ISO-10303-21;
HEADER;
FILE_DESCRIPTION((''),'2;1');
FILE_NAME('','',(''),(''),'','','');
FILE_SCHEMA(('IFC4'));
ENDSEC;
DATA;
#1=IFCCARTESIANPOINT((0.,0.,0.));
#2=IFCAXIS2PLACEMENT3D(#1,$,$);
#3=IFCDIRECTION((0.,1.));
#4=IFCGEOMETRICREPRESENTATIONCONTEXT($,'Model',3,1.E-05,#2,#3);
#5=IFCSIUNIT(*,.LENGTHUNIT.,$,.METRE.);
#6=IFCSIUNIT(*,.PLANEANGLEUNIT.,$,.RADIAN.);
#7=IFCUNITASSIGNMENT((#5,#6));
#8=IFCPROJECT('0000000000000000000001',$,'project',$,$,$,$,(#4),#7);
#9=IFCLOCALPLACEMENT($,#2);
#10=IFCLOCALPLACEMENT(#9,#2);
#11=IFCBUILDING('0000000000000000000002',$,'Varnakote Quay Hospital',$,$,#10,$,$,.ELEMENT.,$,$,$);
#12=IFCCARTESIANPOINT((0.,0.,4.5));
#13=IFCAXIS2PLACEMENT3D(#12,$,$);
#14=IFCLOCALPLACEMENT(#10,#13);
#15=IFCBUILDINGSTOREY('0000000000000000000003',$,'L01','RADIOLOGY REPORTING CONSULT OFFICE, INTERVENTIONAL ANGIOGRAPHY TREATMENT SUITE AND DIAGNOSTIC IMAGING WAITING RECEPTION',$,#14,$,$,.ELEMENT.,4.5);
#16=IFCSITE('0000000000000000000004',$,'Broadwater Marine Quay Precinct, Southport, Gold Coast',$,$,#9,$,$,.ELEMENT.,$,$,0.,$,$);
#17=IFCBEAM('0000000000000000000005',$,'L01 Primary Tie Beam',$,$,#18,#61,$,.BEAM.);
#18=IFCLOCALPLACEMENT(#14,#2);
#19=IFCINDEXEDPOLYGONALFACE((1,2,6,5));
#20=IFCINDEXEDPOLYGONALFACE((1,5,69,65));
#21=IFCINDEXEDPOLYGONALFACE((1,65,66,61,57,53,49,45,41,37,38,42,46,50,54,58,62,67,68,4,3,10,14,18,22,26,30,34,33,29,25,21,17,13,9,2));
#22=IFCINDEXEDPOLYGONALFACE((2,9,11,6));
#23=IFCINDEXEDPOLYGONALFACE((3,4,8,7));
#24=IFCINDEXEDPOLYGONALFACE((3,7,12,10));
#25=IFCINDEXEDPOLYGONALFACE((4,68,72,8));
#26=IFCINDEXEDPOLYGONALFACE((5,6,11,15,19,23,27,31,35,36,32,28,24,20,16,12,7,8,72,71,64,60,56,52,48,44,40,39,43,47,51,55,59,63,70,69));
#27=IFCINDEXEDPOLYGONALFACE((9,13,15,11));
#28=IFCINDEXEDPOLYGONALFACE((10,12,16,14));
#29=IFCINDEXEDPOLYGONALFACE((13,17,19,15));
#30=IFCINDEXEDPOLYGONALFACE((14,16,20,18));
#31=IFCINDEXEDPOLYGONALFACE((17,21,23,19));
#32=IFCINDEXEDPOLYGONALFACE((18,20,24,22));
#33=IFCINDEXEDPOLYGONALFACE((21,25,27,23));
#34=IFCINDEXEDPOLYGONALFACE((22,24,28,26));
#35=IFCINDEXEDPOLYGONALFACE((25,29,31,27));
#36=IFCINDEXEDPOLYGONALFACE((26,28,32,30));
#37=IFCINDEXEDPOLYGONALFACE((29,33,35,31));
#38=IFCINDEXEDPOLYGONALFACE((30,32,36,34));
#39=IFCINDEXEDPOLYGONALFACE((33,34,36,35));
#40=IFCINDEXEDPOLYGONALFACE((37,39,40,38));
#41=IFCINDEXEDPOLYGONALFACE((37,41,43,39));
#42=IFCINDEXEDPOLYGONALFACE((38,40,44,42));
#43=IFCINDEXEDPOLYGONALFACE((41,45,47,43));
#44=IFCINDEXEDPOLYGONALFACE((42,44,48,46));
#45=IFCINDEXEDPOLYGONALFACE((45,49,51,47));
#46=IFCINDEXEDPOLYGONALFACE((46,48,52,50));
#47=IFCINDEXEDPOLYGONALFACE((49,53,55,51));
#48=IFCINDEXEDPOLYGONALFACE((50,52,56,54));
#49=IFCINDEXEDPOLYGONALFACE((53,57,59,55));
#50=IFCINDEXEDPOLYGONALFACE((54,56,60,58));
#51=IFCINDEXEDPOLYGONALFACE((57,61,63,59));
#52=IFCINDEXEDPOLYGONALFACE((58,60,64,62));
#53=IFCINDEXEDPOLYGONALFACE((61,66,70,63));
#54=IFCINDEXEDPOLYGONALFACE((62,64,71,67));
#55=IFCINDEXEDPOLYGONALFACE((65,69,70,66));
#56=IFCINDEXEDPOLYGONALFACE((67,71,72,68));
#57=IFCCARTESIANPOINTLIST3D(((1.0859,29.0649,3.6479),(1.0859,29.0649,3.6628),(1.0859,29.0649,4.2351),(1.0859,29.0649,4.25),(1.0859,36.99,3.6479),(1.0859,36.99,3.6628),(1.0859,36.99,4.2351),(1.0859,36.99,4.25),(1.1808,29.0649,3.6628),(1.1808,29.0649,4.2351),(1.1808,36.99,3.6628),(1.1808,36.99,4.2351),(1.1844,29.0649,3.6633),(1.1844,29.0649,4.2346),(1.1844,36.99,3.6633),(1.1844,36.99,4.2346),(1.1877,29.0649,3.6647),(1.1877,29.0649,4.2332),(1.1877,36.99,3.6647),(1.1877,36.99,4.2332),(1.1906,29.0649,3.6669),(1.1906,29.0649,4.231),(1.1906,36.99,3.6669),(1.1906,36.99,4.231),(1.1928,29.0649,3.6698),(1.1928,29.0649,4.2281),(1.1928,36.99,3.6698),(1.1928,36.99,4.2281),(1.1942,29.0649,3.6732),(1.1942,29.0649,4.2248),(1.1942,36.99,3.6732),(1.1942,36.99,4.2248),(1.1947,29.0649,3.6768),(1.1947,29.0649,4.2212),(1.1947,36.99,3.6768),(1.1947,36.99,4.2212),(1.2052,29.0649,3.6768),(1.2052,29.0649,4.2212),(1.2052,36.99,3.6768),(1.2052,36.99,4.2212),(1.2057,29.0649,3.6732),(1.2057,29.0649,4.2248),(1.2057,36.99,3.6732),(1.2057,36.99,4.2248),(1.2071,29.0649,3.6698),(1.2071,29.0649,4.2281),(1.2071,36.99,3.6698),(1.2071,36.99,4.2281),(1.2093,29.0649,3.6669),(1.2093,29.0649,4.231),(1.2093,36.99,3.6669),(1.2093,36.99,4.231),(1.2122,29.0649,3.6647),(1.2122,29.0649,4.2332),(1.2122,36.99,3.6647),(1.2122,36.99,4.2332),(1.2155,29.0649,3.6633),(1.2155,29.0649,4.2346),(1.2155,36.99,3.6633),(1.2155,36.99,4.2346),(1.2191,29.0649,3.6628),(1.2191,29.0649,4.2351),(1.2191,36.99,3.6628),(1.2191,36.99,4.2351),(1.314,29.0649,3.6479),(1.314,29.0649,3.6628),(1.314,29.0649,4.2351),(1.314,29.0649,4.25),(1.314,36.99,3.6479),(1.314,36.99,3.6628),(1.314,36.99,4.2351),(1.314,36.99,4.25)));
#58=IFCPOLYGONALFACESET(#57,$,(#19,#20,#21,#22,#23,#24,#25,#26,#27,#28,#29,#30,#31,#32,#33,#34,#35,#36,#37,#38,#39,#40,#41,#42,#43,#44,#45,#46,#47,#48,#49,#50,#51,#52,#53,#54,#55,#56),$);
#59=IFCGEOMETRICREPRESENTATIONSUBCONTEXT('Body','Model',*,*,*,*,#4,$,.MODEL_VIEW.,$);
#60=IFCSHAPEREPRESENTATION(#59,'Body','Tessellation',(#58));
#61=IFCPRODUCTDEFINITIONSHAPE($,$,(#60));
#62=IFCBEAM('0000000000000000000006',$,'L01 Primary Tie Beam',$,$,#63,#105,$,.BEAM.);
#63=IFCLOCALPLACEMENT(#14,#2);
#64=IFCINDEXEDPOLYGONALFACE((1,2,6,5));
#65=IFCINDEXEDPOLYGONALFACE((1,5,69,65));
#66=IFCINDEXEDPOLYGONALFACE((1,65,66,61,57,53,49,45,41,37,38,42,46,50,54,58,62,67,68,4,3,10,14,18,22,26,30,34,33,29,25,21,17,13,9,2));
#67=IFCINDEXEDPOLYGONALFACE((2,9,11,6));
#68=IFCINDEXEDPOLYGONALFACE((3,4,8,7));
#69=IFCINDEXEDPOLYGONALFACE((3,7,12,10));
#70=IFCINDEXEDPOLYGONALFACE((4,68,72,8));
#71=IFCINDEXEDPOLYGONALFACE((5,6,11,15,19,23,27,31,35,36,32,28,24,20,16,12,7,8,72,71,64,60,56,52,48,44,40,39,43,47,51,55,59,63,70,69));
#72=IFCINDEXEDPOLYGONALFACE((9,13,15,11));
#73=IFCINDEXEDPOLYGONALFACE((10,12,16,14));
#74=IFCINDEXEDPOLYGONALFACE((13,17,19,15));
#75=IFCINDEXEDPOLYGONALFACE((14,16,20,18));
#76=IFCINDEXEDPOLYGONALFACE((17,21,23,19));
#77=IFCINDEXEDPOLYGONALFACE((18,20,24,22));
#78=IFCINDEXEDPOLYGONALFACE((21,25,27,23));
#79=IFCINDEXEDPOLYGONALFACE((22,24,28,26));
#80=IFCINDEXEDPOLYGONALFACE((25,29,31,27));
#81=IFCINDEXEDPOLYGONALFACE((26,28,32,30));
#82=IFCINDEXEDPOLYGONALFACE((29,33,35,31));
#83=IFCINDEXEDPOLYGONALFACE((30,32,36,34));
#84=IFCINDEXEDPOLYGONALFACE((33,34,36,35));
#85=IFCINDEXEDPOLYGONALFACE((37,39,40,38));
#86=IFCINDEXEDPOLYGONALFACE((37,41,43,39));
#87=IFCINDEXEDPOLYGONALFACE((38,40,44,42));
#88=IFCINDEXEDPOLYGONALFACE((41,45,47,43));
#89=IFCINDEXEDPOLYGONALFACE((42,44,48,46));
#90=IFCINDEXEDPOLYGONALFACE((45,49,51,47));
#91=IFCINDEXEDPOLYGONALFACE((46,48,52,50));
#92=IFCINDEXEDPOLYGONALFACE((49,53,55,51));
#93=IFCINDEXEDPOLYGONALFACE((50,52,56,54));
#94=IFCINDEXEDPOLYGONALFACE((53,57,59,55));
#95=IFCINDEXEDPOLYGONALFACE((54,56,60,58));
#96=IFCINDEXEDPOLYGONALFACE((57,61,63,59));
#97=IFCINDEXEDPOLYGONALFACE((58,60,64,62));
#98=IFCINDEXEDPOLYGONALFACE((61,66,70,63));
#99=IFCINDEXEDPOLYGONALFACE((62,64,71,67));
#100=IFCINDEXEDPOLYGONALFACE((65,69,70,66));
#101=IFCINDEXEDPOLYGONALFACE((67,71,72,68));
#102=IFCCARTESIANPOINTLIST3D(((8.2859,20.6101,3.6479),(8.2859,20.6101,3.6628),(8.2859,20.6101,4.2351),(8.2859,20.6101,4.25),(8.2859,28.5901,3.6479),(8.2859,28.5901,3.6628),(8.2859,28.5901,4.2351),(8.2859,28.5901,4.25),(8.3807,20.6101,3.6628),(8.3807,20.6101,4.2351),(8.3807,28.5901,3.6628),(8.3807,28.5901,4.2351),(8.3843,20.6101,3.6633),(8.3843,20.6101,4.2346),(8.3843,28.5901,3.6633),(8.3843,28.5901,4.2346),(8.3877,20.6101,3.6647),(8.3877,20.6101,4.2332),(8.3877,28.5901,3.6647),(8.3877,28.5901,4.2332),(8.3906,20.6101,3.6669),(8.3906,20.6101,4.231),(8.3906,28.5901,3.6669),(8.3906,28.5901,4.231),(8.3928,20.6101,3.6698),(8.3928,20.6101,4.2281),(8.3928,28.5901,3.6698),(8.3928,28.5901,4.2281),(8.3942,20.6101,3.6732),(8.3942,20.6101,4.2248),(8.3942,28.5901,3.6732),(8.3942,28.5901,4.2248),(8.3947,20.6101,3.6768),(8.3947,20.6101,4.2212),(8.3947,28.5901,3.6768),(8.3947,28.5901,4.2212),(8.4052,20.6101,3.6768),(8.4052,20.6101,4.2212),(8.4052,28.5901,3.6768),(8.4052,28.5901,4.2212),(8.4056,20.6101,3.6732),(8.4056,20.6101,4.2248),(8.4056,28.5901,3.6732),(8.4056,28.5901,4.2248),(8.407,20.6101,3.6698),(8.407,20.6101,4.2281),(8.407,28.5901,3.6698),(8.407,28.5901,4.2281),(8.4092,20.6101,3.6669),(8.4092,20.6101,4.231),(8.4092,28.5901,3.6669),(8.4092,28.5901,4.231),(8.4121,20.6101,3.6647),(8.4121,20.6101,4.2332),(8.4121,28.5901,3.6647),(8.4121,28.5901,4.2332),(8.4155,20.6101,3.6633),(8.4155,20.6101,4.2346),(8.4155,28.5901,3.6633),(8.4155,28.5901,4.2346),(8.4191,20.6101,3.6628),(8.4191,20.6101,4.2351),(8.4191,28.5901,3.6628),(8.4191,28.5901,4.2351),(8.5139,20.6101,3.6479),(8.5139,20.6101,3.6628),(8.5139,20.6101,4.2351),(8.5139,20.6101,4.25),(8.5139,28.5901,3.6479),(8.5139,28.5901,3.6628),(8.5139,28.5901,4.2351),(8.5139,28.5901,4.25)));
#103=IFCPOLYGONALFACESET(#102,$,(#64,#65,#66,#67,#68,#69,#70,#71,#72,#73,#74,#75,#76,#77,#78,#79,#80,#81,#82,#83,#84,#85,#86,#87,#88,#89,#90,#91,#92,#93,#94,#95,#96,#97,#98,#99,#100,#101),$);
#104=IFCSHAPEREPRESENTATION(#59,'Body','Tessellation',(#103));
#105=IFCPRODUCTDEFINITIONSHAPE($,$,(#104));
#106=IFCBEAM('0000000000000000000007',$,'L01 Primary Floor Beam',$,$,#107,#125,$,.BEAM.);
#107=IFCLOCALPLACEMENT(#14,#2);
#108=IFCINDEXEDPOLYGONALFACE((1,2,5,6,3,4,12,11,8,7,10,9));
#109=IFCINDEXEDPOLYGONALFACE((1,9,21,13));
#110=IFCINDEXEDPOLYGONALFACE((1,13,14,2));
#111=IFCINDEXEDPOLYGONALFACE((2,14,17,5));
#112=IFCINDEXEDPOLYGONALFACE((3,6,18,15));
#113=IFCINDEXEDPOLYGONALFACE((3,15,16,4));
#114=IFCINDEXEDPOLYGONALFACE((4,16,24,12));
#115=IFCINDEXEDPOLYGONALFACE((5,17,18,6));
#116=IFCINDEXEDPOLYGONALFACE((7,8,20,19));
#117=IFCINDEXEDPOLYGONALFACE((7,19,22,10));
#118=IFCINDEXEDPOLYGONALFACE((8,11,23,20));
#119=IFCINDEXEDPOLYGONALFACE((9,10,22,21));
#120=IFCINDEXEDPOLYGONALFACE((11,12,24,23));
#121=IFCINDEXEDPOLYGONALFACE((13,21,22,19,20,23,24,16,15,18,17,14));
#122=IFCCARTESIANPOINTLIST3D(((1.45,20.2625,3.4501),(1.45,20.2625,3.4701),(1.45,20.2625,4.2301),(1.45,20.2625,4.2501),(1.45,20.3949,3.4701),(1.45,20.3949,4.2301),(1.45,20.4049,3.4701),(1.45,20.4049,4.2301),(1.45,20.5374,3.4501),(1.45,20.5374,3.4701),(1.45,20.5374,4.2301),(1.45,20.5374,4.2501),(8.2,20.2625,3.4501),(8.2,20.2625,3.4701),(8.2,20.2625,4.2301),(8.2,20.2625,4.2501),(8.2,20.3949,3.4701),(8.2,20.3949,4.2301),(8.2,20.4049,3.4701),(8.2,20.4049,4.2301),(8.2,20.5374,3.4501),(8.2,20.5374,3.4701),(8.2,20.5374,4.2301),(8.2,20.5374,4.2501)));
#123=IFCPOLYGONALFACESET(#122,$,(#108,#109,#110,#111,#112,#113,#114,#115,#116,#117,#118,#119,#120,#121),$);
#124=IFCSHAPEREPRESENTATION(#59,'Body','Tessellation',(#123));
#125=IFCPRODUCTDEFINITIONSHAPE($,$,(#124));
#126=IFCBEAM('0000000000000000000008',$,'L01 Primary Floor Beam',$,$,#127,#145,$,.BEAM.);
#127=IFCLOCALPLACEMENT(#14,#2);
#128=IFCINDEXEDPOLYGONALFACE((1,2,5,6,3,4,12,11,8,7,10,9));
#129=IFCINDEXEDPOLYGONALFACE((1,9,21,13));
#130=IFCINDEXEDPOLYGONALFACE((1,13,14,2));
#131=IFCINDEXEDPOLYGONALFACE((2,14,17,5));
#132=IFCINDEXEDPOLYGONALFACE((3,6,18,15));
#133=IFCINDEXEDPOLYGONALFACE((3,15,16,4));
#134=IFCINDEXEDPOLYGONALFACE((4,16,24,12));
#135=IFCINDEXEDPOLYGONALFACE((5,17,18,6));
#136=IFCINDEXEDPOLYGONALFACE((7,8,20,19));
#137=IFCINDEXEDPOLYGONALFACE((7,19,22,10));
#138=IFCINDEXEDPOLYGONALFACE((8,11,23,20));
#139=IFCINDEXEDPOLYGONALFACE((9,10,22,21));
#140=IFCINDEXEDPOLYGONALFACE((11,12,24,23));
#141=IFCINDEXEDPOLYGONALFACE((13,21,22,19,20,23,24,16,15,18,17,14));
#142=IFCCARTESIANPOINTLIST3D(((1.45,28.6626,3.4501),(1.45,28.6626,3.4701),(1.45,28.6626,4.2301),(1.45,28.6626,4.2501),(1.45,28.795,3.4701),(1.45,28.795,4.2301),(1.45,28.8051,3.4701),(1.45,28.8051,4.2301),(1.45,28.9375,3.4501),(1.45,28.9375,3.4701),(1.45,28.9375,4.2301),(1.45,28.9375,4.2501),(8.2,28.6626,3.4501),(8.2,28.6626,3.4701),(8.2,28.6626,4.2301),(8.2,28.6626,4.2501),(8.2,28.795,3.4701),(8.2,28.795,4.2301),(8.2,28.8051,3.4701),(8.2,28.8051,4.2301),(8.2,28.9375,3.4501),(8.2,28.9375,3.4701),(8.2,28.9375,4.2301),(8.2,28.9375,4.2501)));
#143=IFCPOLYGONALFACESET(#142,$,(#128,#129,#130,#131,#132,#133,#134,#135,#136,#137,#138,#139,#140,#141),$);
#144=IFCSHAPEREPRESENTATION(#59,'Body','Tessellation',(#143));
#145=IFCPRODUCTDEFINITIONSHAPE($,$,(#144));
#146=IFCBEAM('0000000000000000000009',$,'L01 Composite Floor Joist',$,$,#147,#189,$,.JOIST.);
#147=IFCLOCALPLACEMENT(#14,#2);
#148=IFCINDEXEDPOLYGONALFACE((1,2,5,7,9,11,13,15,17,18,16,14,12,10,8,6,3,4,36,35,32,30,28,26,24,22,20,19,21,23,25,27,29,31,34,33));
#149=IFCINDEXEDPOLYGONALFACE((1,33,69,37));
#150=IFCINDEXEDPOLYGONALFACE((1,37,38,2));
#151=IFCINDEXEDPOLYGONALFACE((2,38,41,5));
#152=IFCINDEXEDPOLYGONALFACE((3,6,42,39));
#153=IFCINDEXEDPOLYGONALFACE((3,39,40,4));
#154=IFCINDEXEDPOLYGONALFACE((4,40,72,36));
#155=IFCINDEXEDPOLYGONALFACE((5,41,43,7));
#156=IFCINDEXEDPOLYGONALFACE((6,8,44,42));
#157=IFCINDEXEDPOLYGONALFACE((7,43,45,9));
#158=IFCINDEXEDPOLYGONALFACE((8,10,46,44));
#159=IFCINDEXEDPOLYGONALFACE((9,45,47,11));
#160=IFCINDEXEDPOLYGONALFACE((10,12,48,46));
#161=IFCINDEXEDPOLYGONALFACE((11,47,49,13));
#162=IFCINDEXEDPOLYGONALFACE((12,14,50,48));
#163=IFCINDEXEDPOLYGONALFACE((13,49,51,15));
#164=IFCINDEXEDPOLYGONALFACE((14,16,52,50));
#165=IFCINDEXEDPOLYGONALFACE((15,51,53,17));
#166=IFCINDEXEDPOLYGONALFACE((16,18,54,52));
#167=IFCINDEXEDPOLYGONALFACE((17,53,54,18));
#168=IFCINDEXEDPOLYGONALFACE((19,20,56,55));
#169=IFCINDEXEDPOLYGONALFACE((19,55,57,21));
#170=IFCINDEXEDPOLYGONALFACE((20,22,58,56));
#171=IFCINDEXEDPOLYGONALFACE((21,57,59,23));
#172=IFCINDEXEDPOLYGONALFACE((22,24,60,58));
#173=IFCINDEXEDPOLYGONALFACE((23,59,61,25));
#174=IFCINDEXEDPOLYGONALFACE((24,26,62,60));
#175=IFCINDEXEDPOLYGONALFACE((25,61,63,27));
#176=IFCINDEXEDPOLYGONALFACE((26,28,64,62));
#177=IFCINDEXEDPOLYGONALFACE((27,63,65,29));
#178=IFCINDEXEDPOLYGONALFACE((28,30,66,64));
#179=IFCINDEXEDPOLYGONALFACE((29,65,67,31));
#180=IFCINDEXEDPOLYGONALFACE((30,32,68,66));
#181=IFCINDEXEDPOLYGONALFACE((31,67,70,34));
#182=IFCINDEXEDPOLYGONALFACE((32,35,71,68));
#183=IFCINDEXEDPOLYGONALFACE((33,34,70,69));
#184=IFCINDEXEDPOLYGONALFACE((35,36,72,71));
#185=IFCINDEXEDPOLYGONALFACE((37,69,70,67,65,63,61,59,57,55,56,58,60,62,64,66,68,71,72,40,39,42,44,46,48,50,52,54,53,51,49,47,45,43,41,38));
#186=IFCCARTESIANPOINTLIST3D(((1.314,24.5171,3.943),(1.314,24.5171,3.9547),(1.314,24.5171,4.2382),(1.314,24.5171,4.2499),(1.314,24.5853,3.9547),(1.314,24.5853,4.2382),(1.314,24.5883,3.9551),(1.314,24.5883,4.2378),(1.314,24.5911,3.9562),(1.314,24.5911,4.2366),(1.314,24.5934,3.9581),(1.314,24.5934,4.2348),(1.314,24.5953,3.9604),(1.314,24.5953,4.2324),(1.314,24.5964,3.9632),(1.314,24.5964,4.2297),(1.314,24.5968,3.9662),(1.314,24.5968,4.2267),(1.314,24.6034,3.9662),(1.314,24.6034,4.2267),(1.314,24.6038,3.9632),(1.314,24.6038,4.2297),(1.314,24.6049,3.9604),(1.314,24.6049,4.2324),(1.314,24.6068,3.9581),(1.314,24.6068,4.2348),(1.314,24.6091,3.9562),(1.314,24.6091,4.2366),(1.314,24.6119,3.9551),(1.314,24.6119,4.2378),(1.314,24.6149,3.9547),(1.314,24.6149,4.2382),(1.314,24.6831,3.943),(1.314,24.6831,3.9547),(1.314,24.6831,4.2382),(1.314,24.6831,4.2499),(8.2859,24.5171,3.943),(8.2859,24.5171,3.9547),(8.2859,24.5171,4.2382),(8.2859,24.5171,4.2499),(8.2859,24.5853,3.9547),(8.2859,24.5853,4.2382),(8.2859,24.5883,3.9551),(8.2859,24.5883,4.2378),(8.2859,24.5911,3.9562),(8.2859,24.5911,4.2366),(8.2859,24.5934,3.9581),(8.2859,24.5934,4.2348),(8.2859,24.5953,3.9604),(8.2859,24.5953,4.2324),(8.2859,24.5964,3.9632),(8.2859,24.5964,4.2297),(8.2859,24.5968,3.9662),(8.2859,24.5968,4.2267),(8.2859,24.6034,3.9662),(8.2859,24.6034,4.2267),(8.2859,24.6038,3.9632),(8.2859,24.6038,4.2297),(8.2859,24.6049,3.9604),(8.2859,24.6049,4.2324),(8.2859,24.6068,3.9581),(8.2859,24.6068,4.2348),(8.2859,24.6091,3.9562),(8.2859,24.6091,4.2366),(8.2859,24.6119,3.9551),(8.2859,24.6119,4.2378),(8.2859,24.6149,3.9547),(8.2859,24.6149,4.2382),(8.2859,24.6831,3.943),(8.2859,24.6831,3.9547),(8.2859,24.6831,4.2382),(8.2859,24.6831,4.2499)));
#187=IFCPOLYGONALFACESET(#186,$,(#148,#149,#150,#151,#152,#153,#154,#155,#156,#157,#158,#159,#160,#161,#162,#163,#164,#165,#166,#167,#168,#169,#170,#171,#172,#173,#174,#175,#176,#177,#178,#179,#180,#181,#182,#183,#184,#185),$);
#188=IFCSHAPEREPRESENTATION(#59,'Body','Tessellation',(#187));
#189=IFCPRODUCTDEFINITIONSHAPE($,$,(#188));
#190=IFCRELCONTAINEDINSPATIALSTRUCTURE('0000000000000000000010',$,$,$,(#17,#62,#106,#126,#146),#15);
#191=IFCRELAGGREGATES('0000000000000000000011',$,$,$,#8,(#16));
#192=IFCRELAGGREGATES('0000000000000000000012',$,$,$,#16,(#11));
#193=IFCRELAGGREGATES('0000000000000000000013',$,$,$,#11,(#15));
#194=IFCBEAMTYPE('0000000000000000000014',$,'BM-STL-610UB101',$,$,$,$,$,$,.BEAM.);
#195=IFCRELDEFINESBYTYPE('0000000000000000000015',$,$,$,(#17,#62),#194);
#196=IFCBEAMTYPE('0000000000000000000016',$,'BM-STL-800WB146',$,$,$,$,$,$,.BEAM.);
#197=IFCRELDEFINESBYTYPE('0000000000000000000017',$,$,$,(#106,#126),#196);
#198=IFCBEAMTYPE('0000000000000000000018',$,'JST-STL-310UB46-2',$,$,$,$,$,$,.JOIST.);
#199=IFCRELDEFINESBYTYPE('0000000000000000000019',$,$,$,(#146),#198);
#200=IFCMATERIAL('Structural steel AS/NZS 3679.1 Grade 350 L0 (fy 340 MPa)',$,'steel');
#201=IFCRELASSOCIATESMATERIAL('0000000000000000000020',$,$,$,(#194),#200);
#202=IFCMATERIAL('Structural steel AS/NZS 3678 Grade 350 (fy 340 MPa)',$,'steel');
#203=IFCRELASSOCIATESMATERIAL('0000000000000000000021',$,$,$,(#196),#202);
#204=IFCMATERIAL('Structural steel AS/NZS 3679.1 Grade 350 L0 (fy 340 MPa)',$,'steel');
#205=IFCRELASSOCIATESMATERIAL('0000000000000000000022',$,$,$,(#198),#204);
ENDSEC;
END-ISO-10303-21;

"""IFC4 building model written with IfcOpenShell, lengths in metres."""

from ifc_helpers import new_model, si_unit, direction, frame, origin, origin_2d, place, context, subcontext, project, spatial, i_section, extrude, material, material_profile, profile_set, type_object, element, save


model = new_model("IFC4")

# Units and contexts
model_context = context("Model", 3, precision=1e-05, world=origin(), true_north=direction((0.0, 1.0)))
body_context = subcontext(model_context, "Body", "Model", "MODEL_VIEW")
ifc_project = project(units=[si_unit("LENGTHUNIT", "METRE"), si_unit("PLANEANGLEUNIT", "RADIAN")], contexts=[model_context])

# Site, building, storey
site_placement = place(None, origin())
site = spatial("IfcSite", under=ifc_project, at=site_placement, Name="Broadwater Marine Quay Precinct, Southport, Gold Coast", CompositionType="ELEMENT", RefElevation=0.0)
building_placement = place(site_placement, origin())
building = spatial("IfcBuilding", under=site, at=building_placement, Name="Varnakote Quay Hospital", CompositionType="ELEMENT")
storey_placement = place(building_placement, frame((0.0, 0.0, 4.5)))
storey = spatial("IfcBuildingStorey", under=building, at=storey_placement, Name="L01", Description="RADIOLOGY REPORTING CONSULT OFFICE, INTERVENTIONAL ANGIOGRAPHY TREATMENT SUITE AND DIAGNOSTIC IMAGING WAITING RECEPTION", CompositionType="ELEMENT", Elevation=4.5)

# Beams
ifc_material_1 = material(Name="Structural steel AS/NZS 3679.1 Grade 350 L0 (fy 340 MPa)", Category="steel")
ifc_material_profile_1 = material_profile(ifc_material_1, i_section(OverallWidth=0.228, OverallDepth=0.6021, WebThickness=0.0105, FlangeThickness=0.0149, FilletRadius=0.0139, at=origin_2d()), Name="610UB101")
ifc_profile_set_1 = profile_set([ifc_material_profile_1], Name="Structural steel AS/NZS 3679.1 Grade 350 L0 (fy 340 MPa)")
beam_type_1 = type_object("IfcBeamType", Name="BM-STL-610UB101", PredefinedType="BEAM", material=ifc_profile_set_1)
beam_1_placement = place(storey_placement, frame((1.2, 29.0649, 3.949), z_axis=(0.0, 1.0, 0.0), x_axis=(-1.0, 0.0, 0.0)))
element("IfcBeam", 1, at=beam_1_placement, inside=storey, type_object=beam_type_1, Name="L01 Primary Tie Beam", PredefinedType="BEAM", context=body_context, shape_type="SweptSolid", body=[
    extrude(i_section(OverallWidth=0.228, OverallDepth=0.6021, WebThickness=0.0105, FlangeThickness=0.0149, FilletRadius=0.0139, at=origin_2d()), origin(), (0.0, 0.0, 1.0), 7.925),
])
beam_2_placement = place(storey_placement, frame((8.3999, 20.6101, 3.949), z_axis=(0.0, 1.0, 0.0), x_axis=(-1.0, 0.0, 0.0)))
element("IfcBeam", 2, at=beam_2_placement, inside=storey, type_object=beam_type_1, Name="L01 Primary Tie Beam", PredefinedType="BEAM", context=body_context, shape_type="SweptSolid", body=[
    extrude(i_section(OverallWidth=0.228, OverallDepth=0.6021, WebThickness=0.0105, FlangeThickness=0.0149, FilletRadius=0.0139, at=origin_2d()), origin(), (0.0, 0.0, 1.0), 7.98),
])
ifc_material_2 = material(Name="Structural steel AS/NZS 3678 Grade 350 (fy 340 MPa)", Category="steel")
ifc_material_profile_2 = material_profile(ifc_material_2, i_section(OverallWidth=0.2749, OverallDepth=0.8, WebThickness=0.01, FlangeThickness=0.02, at=origin_2d()), Name="800WB146")
ifc_profile_set_2 = profile_set([ifc_material_profile_2], Name="Structural steel AS/NZS 3678 Grade 350 (fy 340 MPa)")
beam_type_2 = type_object("IfcBeamType", Name="BM-STL-800WB146", PredefinedType="BEAM", material=ifc_profile_set_2)
for number, where, z_axis, x_axis, name in (
    (3, (1.45, 20.3999, 3.8501), (1.0, 0.0, 0.0), (0.0, 1.0, 0.0), "L01 Primary Floor Beam"),
    (4, (1.45, 28.8, 3.8501), (1.0, 0.0, 0.0), (0.0, 1.0, 0.0), "L01 Primary Floor Beam"),
):
    element("IfcBeam", number, at=place(storey_placement, frame(where, z_axis=z_axis, x_axis=x_axis)), inside=storey, type_object=beam_type_2, Name=name, PredefinedType="BEAM", context=body_context, shape_type="SweptSolid", body=[
        extrude(i_section(OverallWidth=0.2749, OverallDepth=0.8, WebThickness=0.01, FlangeThickness=0.02, at=origin_2d()), origin(), (0.0, 0.0, 1.0), 6.75),
    ])
ifc_material_3 = material(Name="Structural steel AS/NZS 3679.1 Grade 350 L0 (fy 340 MPa)", Category="steel")
ifc_material_profile_3 = material_profile(ifc_material_3, i_section(OverallWidth=0.166, OverallDepth=0.3069, WebThickness=0.0066, FlangeThickness=0.0117, FilletRadius=0.0115, at=origin_2d()), Name="310UB46.2")
ifc_profile_set_3 = profile_set([ifc_material_profile_3], Name="Structural steel AS/NZS 3679.1 Grade 350 L0 (fy 340 MPa)")
beam_type_3 = type_object("IfcBeamType", Name="JST-STL-310UB46-2", PredefinedType="JOIST", material=ifc_profile_set_3)
beam_3_placement = place(storey_placement, frame((1.314, 24.6001, 4.0964), z_axis=(1.0, 0.0, 0.0), x_axis=(0.0, 1.0, 0.0)))
element("IfcBeam", 5, at=beam_3_placement, inside=storey, type_object=beam_type_3, Name="L01 Composite Floor Joist", PredefinedType="JOIST", context=body_context, shape_type="SweptSolid", body=[
    extrude(i_section(OverallWidth=0.166, OverallDepth=0.3069, WebThickness=0.0066, FlangeThickness=0.0117, FilletRadius=0.0115, at=origin_2d()), origin(), (0.0, 0.0, 1.0), 6.9719),
])

save(model, "model.ifc")
